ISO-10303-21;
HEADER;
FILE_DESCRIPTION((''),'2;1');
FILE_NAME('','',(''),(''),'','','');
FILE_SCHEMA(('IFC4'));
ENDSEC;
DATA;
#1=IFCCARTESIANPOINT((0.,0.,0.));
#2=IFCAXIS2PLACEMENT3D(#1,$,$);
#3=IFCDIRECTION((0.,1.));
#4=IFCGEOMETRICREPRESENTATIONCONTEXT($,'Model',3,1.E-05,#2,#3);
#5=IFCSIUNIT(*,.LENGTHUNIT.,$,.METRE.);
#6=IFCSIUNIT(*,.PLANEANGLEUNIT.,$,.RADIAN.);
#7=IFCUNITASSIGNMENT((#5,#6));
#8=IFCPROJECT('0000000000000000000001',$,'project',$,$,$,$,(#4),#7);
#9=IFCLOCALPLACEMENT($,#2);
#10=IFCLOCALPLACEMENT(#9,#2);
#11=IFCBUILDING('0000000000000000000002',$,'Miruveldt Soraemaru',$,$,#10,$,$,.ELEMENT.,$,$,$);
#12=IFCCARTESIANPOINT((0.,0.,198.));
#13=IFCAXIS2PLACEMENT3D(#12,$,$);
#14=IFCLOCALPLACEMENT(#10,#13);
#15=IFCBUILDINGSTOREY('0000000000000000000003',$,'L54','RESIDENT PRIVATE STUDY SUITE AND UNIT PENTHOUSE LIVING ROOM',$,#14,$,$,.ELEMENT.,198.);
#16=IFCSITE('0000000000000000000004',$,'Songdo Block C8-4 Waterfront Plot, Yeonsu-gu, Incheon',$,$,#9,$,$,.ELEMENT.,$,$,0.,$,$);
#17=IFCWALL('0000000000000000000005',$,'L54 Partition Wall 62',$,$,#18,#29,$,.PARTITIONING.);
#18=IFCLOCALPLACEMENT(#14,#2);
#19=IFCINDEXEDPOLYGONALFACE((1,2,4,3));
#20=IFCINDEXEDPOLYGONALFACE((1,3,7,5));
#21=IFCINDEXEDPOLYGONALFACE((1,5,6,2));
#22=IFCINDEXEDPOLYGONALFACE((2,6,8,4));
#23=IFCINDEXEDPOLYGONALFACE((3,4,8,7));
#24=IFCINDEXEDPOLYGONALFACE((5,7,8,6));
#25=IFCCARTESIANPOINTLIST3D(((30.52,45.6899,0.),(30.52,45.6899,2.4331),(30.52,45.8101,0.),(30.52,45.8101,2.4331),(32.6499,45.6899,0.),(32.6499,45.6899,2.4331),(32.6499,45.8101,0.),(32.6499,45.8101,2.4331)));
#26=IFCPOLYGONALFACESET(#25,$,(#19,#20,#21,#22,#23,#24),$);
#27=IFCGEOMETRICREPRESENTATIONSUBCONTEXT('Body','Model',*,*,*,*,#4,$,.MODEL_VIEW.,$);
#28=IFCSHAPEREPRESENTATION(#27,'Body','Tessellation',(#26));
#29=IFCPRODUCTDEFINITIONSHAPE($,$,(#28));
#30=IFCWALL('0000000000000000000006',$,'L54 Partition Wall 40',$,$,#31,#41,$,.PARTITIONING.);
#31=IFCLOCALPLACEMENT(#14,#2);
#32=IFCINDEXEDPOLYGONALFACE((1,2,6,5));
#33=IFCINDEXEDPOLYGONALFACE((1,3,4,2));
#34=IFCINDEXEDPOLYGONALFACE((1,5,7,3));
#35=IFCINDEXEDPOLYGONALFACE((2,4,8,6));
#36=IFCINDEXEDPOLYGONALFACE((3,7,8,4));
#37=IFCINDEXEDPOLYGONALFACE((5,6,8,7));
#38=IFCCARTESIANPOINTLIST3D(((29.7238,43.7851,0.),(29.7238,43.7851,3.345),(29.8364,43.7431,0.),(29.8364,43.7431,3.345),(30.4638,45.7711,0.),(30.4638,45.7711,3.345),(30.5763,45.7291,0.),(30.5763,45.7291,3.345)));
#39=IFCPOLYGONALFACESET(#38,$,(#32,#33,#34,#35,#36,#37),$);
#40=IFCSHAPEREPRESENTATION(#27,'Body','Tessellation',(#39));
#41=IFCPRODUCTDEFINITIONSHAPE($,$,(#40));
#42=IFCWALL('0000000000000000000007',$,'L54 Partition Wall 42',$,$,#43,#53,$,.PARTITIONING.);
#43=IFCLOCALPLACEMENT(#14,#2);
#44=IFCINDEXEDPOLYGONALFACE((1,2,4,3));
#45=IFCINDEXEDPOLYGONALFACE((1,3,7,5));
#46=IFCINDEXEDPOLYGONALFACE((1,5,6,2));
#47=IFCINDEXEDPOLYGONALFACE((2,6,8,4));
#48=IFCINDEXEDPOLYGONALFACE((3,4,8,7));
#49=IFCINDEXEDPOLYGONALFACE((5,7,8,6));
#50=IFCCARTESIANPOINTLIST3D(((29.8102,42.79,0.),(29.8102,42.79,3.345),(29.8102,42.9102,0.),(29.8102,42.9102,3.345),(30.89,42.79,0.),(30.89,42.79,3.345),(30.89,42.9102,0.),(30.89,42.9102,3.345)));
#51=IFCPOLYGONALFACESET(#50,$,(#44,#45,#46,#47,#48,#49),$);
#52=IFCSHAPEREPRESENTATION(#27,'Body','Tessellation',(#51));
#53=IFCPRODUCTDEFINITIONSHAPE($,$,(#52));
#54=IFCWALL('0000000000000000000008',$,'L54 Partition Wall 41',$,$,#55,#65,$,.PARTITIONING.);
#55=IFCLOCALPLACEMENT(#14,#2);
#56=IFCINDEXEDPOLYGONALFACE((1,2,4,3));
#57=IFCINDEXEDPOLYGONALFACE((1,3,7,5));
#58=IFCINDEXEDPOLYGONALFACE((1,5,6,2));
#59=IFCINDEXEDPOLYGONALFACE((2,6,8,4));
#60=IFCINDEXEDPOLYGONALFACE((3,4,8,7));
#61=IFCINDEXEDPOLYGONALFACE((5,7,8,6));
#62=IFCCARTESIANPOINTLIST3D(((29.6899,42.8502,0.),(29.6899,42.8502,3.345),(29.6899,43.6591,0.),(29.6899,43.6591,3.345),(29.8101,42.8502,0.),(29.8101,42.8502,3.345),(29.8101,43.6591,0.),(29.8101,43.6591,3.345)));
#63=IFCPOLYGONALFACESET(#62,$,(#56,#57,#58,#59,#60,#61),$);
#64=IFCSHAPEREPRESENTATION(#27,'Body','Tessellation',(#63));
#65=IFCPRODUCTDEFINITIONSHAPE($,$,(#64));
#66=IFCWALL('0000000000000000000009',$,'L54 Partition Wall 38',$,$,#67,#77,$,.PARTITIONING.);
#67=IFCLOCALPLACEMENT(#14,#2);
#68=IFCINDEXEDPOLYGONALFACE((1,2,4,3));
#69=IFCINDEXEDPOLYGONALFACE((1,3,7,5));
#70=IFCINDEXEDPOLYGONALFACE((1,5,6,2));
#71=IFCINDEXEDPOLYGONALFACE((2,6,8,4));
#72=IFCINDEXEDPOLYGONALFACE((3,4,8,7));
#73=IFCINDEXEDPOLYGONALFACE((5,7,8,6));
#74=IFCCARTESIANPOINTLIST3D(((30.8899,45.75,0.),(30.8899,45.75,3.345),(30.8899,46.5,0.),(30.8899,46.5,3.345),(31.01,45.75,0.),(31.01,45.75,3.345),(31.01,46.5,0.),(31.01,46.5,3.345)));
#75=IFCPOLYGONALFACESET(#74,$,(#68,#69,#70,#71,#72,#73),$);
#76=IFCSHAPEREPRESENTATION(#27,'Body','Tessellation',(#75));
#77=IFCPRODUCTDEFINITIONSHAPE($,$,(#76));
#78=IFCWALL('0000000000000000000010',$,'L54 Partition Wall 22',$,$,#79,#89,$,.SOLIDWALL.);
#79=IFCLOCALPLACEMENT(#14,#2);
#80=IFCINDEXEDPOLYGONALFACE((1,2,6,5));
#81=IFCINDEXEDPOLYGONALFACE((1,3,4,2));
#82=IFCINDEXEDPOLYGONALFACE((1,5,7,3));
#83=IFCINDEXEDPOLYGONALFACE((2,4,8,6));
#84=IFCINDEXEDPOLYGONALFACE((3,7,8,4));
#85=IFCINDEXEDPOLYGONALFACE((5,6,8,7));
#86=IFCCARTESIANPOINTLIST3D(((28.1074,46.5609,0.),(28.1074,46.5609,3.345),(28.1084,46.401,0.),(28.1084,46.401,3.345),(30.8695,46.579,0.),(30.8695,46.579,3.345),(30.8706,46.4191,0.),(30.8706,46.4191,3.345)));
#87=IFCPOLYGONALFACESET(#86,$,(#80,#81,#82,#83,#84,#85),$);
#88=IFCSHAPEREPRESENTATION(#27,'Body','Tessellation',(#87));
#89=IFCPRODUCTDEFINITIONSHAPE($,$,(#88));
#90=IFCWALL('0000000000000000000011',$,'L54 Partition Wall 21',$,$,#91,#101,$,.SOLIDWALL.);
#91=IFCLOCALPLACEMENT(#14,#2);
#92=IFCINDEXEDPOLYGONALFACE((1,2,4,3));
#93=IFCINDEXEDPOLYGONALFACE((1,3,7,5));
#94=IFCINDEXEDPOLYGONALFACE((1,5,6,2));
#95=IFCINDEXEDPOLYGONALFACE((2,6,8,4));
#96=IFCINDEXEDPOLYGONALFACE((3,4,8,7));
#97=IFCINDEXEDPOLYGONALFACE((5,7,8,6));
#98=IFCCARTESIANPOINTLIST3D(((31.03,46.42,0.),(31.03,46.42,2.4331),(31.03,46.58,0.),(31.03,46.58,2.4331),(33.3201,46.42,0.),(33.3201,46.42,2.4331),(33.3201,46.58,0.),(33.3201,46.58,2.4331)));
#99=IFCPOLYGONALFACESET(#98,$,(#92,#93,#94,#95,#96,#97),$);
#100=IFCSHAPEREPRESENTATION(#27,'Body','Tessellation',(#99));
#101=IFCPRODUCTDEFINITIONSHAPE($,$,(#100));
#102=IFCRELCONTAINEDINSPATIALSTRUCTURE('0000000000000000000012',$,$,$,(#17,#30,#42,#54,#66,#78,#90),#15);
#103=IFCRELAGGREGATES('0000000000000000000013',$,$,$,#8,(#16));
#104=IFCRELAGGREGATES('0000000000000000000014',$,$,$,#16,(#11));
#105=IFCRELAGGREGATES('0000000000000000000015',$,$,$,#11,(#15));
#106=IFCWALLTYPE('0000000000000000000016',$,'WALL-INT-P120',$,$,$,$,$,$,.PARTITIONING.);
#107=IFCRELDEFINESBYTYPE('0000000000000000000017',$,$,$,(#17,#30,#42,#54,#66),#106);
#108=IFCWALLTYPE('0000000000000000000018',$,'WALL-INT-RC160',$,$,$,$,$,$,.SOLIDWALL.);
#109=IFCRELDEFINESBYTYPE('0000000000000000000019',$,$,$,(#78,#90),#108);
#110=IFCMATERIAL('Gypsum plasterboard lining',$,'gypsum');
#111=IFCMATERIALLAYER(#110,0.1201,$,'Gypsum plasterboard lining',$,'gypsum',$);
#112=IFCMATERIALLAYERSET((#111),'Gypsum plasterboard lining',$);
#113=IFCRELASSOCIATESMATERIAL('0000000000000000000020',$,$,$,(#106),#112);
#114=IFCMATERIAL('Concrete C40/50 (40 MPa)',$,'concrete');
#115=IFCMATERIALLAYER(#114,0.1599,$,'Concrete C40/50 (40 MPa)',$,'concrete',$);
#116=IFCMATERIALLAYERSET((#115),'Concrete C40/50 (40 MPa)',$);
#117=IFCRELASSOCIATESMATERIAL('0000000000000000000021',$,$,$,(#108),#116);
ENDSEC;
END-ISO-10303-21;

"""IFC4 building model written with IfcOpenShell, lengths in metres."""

from ifc_helpers import new_model, si_unit, direction, frame, frame_2d, origin, place, context, subcontext, project, spatial, rectangle, extrude, material, layer, layer_set, type_object, element, save


model = new_model("IFC4")

# Units and contexts
model_context = context("Model", 3, precision=1e-05, world=origin(), true_north=direction((0.0, 1.0)))
body_context = subcontext(model_context, "Body", "Model", "MODEL_VIEW")
ifc_project = project(units=[si_unit("LENGTHUNIT", "METRE"), si_unit("PLANEANGLEUNIT", "RADIAN")], contexts=[model_context])

# Site, building, storey
site_placement = place(None, origin())
site = spatial("IfcSite", under=ifc_project, at=site_placement, Name="Songdo Block C8-4 Waterfront Plot, Yeonsu-gu, Incheon", CompositionType="ELEMENT", RefElevation=0.0)
building_placement = place(site_placement, origin())
building = spatial("IfcBuilding", under=site, at=building_placement, Name="Miruveldt Soraemaru", CompositionType="ELEMENT")
storey_placement = place(building_placement, frame((0.0, 0.0, 198.0)))
storey = spatial("IfcBuildingStorey", under=building, at=storey_placement, Name="L54", Description="RESIDENT PRIVATE STUDY SUITE AND UNIT PENTHOUSE LIVING ROOM", CompositionType="ELEMENT", Elevation=198.0)

# Shared definitions
ifc_material_1 = material(Name="Gypsum plasterboard lining", Category="gypsum")
ifc_layer_1 = layer(ifc_material_1, 0.1201, Name="Gypsum plasterboard lining", Category="gypsum")
ifc_layer_set_1 = layer_set([ifc_layer_1], Name="Gypsum plasterboard lining")
wall_type_1 = type_object("IfcWallType", Name="WALL-INT-P120", PredefinedType="PARTITIONING", material=ifc_layer_set_1)

# Walls
wall_1_placement = place(storey_placement, frame((30.52, 45.75, 0.0), z_axis=(0.0, 0.0, 1.0), x_axis=(1.0, 0.0, 0.0)))
element("IfcWall", 1, at=wall_1_placement, inside=storey, type_object=wall_type_1, Name="L54 Partition Wall 62", PredefinedType="PARTITIONING", context=body_context, shape_type="SweptSolid", body=[
    extrude(rectangle(XDim=2.1299, YDim=0.1201, at=frame_2d((1.0649, 0.0))), origin(), (0.0, 0.0, 1.0), 2.4331),
])
wall_2_placement = place(storey_placement, frame((30.52, 45.75, 0.0), z_axis=(0.0, 0.0, 1.0), x_axis=(-0.349141, -0.93707, 0.0)))
element("IfcWall", 2, at=wall_2_placement, inside=storey, type_object=wall_type_1, Name="L54 Partition Wall 40", PredefinedType="PARTITIONING", context=body_context, shape_type="SweptSolid", body=[
    extrude(rectangle(XDim=2.1194, YDim=0.1201, at=frame_2d((1.0596, 0.0))), origin(), (0.0, 0.0, 1.0), 3.345),
])
wall_3_placement = place(storey_placement, frame((29.8101, 42.8501, 0.0), z_axis=(0.0, 0.0, 1.0), x_axis=(1.0, 0.0, 0.0)))
element("IfcWall", 3, at=wall_3_placement, inside=storey, type_object=wall_type_1, Name="L54 Partition Wall 42", PredefinedType="PARTITIONING", context=body_context, shape_type="SweptSolid", body=[
    extrude(rectangle(XDim=1.0798, YDim=0.1201, at=frame_2d((0.54, 0.0))), origin(), (0.0, 0.0, 1.0), 3.345),
])
wall_4_placement = place(storey_placement, frame((29.75, 43.6589, 0.0), z_axis=(0.0, 0.0, 1.0), x_axis=(0.0, -1.0, 0.0)))
element("IfcWall", 4, at=wall_4_placement, inside=storey, type_object=wall_type_1, Name="L54 Partition Wall 41", PredefinedType="PARTITIONING", context=body_context, shape_type="SweptSolid", body=[
    extrude(rectangle(XDim=0.8088, YDim=0.1201, at=frame_2d((0.4043, 0.0))), origin(), (0.0, 0.0, 1.0), 3.345),
])
wall_5_placement = place(storey_placement, frame((30.95, 46.5, 0.0), z_axis=(0.0, 0.0, 1.0), x_axis=(0.0, -1.0, 0.0)))
element("IfcWall", 5, at=wall_5_placement, inside=storey, type_object=wall_type_1, Name="L54 Partition Wall 38", PredefinedType="PARTITIONING", context=body_context, shape_type="SweptSolid", body=[
    extrude(rectangle(XDim=0.75, YDim=0.1201, at=frame_2d((0.375, 0.0))), origin(), (0.0, 0.0, 1.0), 3.345),
])
ifc_material_2 = material(Name="Concrete C40/50 (40 MPa)", Category="concrete")
ifc_layer_2 = layer(ifc_material_2, 0.1599, Name="Concrete C40/50 (40 MPa)", Category="concrete")
ifc_layer_set_2 = layer_set([ifc_layer_2], Name="Concrete C40/50 (40 MPa)")
wall_type_2 = type_object("IfcWallType", Name="WALL-INT-RC160", PredefinedType="SOLIDWALL", material=ifc_layer_set_2)
wall_6_placement = place(storey_placement, frame((28.1079, 46.481, 0.0), z_axis=(0.0, 0.0, 1.0), x_axis=(0.999979, 0.00654, 0.0)))
element("IfcWall", 6, at=wall_6_placement, inside=storey, type_object=wall_type_2, Name="L54 Partition Wall 22", PredefinedType="SOLIDWALL", context=body_context, shape_type="SweptSolid", body=[
    extrude(rectangle(XDim=2.7622, YDim=0.1599, at=frame_2d((1.3811, 0.0))), origin(), (0.0, 0.0, 1.0), 3.345),
])
wall_7_placement = place(storey_placement, frame((31.03, 46.5, 0.0), z_axis=(0.0, 0.0, 1.0), x_axis=(1.0, 0.0, 0.0)))
element("IfcWall", 7, at=wall_7_placement, inside=storey, type_object=wall_type_2, Name="L54 Partition Wall 21", PredefinedType="SOLIDWALL", context=body_context, shape_type="SweptSolid", body=[
    extrude(rectangle(XDim=2.29, YDim=0.1599, at=frame_2d((1.145, 0.0))), origin(), (0.0, 0.0, 1.0), 2.4331),
])

save(model, "model.ifc")
